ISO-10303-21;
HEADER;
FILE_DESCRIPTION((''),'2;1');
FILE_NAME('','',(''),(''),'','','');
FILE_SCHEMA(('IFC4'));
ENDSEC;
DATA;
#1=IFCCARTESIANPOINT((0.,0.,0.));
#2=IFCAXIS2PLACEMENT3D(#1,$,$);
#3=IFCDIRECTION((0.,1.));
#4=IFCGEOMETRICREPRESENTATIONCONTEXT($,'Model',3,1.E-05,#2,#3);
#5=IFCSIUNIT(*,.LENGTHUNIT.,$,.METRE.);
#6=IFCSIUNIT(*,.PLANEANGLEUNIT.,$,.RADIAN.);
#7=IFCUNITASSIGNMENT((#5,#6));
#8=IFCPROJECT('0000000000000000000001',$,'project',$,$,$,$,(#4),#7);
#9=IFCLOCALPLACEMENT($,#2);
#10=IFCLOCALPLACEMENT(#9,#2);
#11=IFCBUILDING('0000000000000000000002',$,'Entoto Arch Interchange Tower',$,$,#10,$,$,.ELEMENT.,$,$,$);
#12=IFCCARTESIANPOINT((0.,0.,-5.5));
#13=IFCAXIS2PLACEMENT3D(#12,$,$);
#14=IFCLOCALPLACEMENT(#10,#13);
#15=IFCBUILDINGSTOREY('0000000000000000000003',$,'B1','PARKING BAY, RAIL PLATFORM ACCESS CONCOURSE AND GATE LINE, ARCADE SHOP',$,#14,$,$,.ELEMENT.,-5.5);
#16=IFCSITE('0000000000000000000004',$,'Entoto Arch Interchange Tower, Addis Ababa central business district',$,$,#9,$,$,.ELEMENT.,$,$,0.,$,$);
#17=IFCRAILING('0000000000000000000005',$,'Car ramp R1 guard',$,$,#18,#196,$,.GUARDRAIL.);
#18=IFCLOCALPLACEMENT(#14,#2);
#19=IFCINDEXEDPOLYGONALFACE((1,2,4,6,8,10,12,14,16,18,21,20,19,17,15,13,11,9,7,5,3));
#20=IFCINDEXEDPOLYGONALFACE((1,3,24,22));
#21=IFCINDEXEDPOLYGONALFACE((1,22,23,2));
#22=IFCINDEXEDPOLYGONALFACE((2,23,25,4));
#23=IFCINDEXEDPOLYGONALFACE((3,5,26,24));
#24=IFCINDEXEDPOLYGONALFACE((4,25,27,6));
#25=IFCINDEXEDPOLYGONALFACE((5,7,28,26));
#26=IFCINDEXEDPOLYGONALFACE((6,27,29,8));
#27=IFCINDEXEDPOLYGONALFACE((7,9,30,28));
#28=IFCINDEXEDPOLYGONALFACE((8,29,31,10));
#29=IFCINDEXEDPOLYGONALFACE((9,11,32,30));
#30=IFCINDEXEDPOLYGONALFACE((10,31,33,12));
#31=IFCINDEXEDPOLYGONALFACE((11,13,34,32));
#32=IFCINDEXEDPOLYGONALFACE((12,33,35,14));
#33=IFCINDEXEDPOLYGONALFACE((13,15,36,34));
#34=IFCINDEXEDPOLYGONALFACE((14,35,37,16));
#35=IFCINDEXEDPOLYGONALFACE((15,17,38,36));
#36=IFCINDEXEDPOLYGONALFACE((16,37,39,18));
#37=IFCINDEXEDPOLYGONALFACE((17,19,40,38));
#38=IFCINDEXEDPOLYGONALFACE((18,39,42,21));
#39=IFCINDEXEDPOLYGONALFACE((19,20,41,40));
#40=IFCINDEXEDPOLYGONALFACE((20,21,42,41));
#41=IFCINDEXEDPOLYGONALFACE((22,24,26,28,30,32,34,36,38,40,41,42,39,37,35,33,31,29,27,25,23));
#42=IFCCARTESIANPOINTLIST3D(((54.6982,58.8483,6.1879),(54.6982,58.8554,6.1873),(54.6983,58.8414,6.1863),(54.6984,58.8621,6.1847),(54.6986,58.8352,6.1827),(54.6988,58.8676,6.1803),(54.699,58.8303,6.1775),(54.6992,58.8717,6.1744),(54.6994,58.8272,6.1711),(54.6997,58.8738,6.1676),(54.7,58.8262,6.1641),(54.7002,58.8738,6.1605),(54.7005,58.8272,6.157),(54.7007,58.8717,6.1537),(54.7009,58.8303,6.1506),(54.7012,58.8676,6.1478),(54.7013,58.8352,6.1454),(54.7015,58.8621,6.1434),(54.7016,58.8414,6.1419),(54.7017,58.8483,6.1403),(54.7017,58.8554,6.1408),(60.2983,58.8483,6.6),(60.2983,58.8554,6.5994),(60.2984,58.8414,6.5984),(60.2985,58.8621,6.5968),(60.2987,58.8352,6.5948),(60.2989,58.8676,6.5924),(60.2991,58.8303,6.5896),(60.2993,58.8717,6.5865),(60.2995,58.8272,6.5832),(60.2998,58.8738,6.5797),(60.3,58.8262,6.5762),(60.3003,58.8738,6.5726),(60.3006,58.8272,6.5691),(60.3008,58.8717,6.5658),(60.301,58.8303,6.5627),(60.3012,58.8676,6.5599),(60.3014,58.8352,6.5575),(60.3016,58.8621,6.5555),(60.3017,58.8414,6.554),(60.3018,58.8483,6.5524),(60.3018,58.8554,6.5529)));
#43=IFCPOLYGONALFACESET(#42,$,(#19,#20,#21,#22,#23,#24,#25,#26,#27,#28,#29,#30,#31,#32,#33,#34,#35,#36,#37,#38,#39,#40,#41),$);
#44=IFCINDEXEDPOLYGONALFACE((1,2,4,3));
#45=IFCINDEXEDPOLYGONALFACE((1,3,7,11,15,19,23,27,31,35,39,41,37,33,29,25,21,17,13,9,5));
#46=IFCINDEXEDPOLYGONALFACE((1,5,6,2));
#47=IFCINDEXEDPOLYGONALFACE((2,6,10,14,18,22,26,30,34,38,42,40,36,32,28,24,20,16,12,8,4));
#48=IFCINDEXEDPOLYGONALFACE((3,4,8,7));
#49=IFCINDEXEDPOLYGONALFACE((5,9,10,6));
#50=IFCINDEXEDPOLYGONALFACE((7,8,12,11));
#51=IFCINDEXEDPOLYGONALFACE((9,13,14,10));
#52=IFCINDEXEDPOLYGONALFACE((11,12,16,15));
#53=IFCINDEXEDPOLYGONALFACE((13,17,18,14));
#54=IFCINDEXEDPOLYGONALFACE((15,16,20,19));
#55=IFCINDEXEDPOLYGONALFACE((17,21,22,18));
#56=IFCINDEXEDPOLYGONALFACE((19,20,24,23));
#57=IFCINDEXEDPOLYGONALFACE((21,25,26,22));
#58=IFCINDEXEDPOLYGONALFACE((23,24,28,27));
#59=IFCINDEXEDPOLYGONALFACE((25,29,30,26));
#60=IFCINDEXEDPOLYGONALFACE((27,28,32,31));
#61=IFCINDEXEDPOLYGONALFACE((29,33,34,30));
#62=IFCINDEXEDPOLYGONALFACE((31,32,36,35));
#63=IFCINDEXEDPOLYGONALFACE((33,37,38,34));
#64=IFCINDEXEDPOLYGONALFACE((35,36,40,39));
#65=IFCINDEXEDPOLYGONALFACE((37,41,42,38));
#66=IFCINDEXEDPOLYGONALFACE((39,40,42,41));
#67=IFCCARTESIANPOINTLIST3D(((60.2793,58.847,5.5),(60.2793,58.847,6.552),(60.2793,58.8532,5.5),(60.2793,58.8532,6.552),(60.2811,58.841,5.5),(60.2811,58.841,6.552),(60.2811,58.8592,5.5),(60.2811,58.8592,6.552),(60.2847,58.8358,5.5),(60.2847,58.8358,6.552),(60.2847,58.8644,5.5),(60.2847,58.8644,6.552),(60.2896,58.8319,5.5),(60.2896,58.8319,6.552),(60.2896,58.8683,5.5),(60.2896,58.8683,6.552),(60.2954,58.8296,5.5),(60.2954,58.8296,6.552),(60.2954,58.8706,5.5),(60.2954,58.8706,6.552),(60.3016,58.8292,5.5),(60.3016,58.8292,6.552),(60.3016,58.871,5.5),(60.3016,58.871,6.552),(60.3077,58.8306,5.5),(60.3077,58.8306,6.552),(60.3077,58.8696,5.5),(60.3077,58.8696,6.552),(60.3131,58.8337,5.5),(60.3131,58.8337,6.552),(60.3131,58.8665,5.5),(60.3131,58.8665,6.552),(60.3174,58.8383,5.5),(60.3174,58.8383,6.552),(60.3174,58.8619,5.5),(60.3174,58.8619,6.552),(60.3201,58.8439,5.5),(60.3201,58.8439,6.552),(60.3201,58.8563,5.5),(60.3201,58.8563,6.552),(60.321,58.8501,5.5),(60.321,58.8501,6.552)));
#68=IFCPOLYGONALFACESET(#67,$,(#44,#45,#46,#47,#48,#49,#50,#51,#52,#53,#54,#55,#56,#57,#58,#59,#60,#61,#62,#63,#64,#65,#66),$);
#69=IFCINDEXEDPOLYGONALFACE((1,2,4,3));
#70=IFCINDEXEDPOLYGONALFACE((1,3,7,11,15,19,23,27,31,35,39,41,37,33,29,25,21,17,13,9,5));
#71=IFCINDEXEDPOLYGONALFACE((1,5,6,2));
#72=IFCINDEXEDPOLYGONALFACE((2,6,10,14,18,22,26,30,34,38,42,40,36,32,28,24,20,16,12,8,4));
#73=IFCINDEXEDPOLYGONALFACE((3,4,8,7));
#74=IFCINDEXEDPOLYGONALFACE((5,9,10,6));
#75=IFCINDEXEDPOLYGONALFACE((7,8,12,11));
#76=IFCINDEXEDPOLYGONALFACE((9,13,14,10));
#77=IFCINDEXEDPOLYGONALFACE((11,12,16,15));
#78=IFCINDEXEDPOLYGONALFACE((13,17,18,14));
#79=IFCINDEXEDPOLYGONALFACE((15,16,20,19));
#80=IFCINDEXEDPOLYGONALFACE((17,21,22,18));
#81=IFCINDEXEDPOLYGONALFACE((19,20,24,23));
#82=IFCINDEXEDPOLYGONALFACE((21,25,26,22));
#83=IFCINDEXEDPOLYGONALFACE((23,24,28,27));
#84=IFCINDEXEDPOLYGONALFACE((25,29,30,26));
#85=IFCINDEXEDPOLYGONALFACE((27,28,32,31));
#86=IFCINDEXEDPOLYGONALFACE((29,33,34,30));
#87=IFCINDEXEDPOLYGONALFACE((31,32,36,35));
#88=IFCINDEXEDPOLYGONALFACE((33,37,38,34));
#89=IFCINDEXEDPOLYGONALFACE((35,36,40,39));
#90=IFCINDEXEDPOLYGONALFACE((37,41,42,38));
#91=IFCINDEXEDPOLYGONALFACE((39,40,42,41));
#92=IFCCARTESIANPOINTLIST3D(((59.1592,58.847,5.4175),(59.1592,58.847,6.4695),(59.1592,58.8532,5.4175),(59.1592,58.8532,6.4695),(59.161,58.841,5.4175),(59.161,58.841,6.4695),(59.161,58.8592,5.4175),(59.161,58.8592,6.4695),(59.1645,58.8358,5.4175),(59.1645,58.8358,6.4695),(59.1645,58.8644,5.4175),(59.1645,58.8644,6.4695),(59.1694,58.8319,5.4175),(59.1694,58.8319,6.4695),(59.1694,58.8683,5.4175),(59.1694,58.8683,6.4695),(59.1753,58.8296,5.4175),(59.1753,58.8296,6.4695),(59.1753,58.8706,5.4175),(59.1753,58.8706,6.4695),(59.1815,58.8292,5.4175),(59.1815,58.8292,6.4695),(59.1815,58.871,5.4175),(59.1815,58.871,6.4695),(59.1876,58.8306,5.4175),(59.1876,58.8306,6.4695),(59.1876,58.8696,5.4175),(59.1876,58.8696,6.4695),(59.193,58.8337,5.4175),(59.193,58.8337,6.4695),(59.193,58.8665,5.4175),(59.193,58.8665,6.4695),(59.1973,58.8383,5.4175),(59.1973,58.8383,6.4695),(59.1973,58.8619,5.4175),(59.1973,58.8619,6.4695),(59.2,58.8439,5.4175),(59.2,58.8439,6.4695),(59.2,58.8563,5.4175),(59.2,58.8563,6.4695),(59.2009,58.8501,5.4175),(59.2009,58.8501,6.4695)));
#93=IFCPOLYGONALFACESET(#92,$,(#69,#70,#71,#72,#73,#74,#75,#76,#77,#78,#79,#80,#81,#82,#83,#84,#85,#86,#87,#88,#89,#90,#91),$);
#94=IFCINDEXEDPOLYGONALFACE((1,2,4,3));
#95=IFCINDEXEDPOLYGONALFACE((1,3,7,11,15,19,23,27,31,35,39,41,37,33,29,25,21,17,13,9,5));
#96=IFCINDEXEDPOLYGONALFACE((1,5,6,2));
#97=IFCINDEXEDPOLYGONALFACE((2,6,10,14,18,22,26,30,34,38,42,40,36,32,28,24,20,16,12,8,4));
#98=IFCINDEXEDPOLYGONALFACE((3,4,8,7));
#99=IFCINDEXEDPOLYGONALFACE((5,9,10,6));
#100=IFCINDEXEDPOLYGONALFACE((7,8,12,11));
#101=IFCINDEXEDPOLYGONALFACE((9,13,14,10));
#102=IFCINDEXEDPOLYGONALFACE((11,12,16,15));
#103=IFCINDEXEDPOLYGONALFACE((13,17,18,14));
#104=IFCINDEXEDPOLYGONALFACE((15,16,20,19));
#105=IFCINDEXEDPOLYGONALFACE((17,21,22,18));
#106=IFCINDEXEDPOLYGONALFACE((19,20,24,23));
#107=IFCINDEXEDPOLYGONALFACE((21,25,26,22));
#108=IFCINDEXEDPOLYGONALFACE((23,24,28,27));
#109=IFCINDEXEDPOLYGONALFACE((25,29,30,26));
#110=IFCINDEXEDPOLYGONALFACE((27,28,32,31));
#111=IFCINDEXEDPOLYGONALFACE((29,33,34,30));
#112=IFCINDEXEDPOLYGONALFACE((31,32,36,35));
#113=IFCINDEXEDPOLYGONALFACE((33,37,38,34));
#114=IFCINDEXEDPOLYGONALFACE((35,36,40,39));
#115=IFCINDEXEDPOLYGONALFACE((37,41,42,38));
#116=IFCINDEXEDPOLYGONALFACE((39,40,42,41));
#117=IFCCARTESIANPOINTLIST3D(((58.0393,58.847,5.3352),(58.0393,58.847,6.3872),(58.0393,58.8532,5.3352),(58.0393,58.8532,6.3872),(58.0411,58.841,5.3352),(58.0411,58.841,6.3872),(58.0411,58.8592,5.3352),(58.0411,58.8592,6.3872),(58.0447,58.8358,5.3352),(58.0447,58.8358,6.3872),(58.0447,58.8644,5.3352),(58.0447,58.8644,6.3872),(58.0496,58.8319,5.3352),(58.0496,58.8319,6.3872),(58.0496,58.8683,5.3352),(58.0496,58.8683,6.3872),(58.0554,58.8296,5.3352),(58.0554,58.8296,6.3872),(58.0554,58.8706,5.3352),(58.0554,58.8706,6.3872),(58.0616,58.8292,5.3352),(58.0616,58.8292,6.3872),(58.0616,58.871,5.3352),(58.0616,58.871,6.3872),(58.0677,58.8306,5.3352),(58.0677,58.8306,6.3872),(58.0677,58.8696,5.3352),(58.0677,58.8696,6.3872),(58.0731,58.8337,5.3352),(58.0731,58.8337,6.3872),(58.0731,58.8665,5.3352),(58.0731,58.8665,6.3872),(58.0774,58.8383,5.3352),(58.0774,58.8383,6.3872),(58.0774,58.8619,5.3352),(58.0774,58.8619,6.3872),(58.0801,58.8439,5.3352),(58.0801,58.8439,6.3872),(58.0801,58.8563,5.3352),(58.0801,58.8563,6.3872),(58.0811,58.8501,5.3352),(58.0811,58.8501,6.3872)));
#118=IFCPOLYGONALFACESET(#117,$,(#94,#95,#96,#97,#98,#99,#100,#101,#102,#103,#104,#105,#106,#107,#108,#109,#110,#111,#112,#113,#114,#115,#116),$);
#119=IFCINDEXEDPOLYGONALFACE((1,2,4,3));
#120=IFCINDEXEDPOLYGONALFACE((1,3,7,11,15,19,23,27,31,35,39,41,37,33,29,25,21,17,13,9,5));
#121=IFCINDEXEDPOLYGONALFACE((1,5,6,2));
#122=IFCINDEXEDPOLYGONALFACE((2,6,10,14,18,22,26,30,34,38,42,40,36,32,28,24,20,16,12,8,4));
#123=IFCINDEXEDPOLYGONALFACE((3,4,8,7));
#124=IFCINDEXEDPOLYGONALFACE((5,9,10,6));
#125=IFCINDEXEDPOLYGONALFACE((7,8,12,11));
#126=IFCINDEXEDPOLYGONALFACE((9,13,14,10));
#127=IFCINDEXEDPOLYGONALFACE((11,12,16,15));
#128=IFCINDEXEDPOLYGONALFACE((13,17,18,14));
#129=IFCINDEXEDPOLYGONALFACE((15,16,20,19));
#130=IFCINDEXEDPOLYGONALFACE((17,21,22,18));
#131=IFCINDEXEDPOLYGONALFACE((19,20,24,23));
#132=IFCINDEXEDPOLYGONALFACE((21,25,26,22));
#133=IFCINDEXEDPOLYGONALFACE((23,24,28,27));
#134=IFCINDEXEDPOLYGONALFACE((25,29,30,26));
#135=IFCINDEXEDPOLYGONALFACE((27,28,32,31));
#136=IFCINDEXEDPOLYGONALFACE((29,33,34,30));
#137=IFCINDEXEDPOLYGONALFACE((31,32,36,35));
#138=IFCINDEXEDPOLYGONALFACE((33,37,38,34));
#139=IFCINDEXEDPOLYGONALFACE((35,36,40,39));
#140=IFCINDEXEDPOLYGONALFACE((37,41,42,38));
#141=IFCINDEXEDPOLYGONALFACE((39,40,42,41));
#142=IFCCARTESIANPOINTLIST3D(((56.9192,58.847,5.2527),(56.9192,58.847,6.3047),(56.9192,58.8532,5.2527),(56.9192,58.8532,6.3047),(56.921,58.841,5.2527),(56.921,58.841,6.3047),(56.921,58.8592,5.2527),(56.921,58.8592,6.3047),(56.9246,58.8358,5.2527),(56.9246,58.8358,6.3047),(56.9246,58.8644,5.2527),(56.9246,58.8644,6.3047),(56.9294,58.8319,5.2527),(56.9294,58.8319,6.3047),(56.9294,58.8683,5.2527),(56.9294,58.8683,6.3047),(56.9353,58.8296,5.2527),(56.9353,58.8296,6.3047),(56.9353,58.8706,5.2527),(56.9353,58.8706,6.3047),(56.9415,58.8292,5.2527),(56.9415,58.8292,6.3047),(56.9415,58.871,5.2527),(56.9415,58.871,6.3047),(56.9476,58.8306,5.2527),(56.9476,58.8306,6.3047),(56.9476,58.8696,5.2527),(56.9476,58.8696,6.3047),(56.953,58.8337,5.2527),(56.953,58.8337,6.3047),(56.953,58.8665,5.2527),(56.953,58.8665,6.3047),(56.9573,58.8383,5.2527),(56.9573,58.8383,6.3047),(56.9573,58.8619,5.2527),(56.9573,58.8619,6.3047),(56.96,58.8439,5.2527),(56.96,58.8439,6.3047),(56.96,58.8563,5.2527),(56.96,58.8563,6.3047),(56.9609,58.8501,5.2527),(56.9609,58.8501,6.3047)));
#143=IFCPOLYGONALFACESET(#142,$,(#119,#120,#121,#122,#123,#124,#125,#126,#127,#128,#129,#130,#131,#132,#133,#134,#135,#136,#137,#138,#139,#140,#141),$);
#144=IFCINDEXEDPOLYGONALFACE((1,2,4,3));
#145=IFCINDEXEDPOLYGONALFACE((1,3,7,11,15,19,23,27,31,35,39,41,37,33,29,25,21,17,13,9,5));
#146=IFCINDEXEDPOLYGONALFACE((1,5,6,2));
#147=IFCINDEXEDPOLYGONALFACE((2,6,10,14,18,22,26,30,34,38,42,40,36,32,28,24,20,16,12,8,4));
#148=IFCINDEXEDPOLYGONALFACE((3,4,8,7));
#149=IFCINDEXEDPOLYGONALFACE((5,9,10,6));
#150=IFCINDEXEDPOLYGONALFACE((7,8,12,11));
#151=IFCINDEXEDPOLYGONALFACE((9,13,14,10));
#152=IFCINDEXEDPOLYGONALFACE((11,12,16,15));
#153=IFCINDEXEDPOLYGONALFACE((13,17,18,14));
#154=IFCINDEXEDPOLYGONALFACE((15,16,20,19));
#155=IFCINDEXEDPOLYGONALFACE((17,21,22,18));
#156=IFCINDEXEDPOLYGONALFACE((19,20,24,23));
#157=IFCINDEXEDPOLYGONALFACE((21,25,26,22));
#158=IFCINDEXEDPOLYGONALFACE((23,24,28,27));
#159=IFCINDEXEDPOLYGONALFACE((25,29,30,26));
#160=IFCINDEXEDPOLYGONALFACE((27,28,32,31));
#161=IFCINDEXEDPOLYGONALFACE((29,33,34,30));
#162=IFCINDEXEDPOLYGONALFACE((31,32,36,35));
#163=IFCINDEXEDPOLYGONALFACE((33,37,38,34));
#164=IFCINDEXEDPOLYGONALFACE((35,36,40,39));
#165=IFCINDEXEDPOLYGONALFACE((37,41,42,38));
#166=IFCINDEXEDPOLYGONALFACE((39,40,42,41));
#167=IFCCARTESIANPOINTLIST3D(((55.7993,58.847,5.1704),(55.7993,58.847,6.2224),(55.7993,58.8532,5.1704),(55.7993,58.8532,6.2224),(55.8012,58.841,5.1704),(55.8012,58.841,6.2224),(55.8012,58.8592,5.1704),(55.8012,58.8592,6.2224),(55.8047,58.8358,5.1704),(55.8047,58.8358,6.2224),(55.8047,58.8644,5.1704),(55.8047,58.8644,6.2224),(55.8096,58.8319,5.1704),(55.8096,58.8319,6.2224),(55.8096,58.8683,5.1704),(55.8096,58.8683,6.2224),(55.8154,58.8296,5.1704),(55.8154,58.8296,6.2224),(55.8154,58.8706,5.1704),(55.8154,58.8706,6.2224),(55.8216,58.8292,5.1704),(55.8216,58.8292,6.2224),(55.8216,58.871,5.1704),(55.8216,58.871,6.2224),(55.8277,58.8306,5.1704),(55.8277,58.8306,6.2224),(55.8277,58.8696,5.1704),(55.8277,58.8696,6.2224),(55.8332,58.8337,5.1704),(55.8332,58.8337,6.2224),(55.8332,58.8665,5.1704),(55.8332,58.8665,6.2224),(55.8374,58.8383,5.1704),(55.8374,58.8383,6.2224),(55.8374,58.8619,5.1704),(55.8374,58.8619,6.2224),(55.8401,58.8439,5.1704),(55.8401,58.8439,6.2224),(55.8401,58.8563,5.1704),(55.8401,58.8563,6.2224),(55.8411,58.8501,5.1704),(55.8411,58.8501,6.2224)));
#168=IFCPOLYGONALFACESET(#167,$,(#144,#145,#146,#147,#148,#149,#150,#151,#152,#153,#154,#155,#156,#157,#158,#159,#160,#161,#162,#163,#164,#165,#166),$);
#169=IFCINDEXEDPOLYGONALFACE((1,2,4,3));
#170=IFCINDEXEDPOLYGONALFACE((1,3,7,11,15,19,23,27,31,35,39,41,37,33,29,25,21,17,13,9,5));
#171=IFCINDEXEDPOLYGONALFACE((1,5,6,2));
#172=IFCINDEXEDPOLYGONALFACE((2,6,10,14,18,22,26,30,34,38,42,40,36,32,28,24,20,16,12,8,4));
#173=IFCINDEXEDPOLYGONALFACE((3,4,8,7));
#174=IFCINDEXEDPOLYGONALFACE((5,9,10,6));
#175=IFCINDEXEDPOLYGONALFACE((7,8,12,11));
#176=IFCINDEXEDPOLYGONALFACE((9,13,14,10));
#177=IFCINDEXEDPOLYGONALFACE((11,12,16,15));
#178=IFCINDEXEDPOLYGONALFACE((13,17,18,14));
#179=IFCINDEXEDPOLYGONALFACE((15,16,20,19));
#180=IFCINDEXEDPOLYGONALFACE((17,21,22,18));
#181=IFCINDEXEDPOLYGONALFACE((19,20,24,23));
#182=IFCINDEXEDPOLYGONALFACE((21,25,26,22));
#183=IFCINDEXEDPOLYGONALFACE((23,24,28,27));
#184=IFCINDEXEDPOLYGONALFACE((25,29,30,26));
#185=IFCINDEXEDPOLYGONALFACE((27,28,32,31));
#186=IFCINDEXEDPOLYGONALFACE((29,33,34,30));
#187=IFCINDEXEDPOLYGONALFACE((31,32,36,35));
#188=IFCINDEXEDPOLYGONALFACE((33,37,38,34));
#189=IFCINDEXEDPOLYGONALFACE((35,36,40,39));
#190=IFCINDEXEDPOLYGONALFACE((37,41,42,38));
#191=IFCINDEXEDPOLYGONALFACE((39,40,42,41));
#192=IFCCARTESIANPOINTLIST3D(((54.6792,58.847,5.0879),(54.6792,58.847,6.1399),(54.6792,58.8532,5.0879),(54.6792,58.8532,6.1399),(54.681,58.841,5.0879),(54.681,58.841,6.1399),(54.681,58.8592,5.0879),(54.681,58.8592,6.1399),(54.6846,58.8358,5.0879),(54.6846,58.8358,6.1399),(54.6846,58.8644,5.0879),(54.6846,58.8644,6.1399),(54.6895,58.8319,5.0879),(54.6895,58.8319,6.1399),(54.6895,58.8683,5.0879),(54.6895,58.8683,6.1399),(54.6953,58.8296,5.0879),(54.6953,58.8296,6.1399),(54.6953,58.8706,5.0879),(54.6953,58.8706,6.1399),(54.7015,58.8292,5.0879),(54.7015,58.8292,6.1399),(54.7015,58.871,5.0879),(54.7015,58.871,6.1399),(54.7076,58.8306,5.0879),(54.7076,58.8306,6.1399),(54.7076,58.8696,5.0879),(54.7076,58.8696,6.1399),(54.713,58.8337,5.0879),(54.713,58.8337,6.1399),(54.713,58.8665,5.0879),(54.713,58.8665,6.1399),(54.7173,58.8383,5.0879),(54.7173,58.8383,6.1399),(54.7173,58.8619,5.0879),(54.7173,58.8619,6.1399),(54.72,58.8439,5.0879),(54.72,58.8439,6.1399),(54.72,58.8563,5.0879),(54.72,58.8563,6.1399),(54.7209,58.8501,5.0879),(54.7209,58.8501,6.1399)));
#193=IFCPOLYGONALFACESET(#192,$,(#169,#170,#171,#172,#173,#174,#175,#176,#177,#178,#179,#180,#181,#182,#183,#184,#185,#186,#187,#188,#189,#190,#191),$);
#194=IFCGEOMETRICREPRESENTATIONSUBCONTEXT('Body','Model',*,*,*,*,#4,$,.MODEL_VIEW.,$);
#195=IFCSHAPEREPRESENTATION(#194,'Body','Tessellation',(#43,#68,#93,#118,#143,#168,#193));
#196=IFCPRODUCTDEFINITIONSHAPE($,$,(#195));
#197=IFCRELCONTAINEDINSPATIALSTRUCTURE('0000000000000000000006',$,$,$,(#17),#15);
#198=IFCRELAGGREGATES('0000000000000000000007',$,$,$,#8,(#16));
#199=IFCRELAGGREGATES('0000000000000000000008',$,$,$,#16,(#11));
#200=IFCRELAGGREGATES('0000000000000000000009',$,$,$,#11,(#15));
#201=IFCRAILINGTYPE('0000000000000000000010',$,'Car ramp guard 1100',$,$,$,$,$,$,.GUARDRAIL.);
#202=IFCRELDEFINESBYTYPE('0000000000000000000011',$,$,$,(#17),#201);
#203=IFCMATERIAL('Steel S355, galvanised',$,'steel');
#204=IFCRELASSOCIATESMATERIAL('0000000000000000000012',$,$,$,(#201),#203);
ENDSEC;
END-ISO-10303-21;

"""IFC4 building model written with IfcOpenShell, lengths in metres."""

from ifc_helpers import new_model, si_unit, direction, frame, origin, origin_2d, place, context, subcontext, project, spatial, circle, extrude, material, type_object, element, save


model = new_model("IFC4")

# Units and contexts
model_context = context("Model", 3, precision=1e-05, world=origin(), true_north=direction((0.0, 1.0)))
body_context = subcontext(model_context, "Body", "Model", "MODEL_VIEW")
ifc_project = project(units=[si_unit("LENGTHUNIT", "METRE"), si_unit("PLANEANGLEUNIT", "RADIAN")], contexts=[model_context])

# Site, building, storey
site_placement = place(None, origin())
site = spatial("IfcSite", under=ifc_project, at=site_placement, Name="Entoto Arch Interchange Tower, Addis Ababa central business district", CompositionType="ELEMENT", RefElevation=0.0)
building_placement = place(site_placement, origin())
building = spatial("IfcBuilding", under=site, at=building_placement, Name="Entoto Arch Interchange Tower", CompositionType="ELEMENT")
storey_placement = place(building_placement, frame((0.0, 0.0, -5.5)))
storey = spatial("IfcBuildingStorey", under=building, at=storey_placement, Name="B1", Description="PARKING BAY, RAIL PLATFORM ACCESS CONCOURSE AND GATE LINE, ARCADE SHOP", CompositionType="ELEMENT", Elevation=-5.5)

# Railing
ifc_material_1 = material(Name="Steel S355, galvanised", Category="steel")
railing_type = type_object("IfcRailingType", Name="Car ramp guard 1100", PredefinedType="GUARDRAIL", material=ifc_material_1)
for number, where, name in (
    (1, (60.3, 58.8501, 5.5), "Car ramp R1 guard"),
):
    element("IfcRailing", number, at=place(storey_placement, frame(where)), inside=storey, type_object=railing_type, Name=name, PredefinedType="GUARDRAIL", context=body_context, shape_type="SweptSolid", body=[
        extrude(circle(Radius=0.0239, at=origin_2d()), frame((0.0, 0.0, 1.0762), z_axis=(-0.997303, 0.0, -0.073391), x_axis=(0.0, -1.0, 0.0)), (0.0, 0.0, 1.0), 5.6152),
        extrude(circle(Radius=0.021, at=origin_2d()), origin(), (0.0, 0.0, 1.0), 1.052),
        extrude(circle(Radius=0.021, at=origin_2d()), frame((-1.1201, 0.0, -0.0825)), (0.0, 0.0, 1.0), 1.052),
        extrude(circle(Radius=0.021, at=origin_2d()), frame((-2.24, 0.0, -0.1648)), (0.0, 0.0, 1.0), 1.052),
        extrude(circle(Radius=0.021, at=origin_2d()), frame((-3.3601, 0.0, -0.2473)), (0.0, 0.0, 1.0), 1.052),
        extrude(circle(Radius=0.021, at=origin_2d()), frame((-4.48, 0.0, -0.3296)), (0.0, 0.0, 1.0), 1.052),
        extrude(circle(Radius=0.021, at=origin_2d()), frame((-5.6001, 0.0, -0.4121)), (0.0, 0.0, 1.0), 1.052),
    ])

save(model, "model.ifc")
